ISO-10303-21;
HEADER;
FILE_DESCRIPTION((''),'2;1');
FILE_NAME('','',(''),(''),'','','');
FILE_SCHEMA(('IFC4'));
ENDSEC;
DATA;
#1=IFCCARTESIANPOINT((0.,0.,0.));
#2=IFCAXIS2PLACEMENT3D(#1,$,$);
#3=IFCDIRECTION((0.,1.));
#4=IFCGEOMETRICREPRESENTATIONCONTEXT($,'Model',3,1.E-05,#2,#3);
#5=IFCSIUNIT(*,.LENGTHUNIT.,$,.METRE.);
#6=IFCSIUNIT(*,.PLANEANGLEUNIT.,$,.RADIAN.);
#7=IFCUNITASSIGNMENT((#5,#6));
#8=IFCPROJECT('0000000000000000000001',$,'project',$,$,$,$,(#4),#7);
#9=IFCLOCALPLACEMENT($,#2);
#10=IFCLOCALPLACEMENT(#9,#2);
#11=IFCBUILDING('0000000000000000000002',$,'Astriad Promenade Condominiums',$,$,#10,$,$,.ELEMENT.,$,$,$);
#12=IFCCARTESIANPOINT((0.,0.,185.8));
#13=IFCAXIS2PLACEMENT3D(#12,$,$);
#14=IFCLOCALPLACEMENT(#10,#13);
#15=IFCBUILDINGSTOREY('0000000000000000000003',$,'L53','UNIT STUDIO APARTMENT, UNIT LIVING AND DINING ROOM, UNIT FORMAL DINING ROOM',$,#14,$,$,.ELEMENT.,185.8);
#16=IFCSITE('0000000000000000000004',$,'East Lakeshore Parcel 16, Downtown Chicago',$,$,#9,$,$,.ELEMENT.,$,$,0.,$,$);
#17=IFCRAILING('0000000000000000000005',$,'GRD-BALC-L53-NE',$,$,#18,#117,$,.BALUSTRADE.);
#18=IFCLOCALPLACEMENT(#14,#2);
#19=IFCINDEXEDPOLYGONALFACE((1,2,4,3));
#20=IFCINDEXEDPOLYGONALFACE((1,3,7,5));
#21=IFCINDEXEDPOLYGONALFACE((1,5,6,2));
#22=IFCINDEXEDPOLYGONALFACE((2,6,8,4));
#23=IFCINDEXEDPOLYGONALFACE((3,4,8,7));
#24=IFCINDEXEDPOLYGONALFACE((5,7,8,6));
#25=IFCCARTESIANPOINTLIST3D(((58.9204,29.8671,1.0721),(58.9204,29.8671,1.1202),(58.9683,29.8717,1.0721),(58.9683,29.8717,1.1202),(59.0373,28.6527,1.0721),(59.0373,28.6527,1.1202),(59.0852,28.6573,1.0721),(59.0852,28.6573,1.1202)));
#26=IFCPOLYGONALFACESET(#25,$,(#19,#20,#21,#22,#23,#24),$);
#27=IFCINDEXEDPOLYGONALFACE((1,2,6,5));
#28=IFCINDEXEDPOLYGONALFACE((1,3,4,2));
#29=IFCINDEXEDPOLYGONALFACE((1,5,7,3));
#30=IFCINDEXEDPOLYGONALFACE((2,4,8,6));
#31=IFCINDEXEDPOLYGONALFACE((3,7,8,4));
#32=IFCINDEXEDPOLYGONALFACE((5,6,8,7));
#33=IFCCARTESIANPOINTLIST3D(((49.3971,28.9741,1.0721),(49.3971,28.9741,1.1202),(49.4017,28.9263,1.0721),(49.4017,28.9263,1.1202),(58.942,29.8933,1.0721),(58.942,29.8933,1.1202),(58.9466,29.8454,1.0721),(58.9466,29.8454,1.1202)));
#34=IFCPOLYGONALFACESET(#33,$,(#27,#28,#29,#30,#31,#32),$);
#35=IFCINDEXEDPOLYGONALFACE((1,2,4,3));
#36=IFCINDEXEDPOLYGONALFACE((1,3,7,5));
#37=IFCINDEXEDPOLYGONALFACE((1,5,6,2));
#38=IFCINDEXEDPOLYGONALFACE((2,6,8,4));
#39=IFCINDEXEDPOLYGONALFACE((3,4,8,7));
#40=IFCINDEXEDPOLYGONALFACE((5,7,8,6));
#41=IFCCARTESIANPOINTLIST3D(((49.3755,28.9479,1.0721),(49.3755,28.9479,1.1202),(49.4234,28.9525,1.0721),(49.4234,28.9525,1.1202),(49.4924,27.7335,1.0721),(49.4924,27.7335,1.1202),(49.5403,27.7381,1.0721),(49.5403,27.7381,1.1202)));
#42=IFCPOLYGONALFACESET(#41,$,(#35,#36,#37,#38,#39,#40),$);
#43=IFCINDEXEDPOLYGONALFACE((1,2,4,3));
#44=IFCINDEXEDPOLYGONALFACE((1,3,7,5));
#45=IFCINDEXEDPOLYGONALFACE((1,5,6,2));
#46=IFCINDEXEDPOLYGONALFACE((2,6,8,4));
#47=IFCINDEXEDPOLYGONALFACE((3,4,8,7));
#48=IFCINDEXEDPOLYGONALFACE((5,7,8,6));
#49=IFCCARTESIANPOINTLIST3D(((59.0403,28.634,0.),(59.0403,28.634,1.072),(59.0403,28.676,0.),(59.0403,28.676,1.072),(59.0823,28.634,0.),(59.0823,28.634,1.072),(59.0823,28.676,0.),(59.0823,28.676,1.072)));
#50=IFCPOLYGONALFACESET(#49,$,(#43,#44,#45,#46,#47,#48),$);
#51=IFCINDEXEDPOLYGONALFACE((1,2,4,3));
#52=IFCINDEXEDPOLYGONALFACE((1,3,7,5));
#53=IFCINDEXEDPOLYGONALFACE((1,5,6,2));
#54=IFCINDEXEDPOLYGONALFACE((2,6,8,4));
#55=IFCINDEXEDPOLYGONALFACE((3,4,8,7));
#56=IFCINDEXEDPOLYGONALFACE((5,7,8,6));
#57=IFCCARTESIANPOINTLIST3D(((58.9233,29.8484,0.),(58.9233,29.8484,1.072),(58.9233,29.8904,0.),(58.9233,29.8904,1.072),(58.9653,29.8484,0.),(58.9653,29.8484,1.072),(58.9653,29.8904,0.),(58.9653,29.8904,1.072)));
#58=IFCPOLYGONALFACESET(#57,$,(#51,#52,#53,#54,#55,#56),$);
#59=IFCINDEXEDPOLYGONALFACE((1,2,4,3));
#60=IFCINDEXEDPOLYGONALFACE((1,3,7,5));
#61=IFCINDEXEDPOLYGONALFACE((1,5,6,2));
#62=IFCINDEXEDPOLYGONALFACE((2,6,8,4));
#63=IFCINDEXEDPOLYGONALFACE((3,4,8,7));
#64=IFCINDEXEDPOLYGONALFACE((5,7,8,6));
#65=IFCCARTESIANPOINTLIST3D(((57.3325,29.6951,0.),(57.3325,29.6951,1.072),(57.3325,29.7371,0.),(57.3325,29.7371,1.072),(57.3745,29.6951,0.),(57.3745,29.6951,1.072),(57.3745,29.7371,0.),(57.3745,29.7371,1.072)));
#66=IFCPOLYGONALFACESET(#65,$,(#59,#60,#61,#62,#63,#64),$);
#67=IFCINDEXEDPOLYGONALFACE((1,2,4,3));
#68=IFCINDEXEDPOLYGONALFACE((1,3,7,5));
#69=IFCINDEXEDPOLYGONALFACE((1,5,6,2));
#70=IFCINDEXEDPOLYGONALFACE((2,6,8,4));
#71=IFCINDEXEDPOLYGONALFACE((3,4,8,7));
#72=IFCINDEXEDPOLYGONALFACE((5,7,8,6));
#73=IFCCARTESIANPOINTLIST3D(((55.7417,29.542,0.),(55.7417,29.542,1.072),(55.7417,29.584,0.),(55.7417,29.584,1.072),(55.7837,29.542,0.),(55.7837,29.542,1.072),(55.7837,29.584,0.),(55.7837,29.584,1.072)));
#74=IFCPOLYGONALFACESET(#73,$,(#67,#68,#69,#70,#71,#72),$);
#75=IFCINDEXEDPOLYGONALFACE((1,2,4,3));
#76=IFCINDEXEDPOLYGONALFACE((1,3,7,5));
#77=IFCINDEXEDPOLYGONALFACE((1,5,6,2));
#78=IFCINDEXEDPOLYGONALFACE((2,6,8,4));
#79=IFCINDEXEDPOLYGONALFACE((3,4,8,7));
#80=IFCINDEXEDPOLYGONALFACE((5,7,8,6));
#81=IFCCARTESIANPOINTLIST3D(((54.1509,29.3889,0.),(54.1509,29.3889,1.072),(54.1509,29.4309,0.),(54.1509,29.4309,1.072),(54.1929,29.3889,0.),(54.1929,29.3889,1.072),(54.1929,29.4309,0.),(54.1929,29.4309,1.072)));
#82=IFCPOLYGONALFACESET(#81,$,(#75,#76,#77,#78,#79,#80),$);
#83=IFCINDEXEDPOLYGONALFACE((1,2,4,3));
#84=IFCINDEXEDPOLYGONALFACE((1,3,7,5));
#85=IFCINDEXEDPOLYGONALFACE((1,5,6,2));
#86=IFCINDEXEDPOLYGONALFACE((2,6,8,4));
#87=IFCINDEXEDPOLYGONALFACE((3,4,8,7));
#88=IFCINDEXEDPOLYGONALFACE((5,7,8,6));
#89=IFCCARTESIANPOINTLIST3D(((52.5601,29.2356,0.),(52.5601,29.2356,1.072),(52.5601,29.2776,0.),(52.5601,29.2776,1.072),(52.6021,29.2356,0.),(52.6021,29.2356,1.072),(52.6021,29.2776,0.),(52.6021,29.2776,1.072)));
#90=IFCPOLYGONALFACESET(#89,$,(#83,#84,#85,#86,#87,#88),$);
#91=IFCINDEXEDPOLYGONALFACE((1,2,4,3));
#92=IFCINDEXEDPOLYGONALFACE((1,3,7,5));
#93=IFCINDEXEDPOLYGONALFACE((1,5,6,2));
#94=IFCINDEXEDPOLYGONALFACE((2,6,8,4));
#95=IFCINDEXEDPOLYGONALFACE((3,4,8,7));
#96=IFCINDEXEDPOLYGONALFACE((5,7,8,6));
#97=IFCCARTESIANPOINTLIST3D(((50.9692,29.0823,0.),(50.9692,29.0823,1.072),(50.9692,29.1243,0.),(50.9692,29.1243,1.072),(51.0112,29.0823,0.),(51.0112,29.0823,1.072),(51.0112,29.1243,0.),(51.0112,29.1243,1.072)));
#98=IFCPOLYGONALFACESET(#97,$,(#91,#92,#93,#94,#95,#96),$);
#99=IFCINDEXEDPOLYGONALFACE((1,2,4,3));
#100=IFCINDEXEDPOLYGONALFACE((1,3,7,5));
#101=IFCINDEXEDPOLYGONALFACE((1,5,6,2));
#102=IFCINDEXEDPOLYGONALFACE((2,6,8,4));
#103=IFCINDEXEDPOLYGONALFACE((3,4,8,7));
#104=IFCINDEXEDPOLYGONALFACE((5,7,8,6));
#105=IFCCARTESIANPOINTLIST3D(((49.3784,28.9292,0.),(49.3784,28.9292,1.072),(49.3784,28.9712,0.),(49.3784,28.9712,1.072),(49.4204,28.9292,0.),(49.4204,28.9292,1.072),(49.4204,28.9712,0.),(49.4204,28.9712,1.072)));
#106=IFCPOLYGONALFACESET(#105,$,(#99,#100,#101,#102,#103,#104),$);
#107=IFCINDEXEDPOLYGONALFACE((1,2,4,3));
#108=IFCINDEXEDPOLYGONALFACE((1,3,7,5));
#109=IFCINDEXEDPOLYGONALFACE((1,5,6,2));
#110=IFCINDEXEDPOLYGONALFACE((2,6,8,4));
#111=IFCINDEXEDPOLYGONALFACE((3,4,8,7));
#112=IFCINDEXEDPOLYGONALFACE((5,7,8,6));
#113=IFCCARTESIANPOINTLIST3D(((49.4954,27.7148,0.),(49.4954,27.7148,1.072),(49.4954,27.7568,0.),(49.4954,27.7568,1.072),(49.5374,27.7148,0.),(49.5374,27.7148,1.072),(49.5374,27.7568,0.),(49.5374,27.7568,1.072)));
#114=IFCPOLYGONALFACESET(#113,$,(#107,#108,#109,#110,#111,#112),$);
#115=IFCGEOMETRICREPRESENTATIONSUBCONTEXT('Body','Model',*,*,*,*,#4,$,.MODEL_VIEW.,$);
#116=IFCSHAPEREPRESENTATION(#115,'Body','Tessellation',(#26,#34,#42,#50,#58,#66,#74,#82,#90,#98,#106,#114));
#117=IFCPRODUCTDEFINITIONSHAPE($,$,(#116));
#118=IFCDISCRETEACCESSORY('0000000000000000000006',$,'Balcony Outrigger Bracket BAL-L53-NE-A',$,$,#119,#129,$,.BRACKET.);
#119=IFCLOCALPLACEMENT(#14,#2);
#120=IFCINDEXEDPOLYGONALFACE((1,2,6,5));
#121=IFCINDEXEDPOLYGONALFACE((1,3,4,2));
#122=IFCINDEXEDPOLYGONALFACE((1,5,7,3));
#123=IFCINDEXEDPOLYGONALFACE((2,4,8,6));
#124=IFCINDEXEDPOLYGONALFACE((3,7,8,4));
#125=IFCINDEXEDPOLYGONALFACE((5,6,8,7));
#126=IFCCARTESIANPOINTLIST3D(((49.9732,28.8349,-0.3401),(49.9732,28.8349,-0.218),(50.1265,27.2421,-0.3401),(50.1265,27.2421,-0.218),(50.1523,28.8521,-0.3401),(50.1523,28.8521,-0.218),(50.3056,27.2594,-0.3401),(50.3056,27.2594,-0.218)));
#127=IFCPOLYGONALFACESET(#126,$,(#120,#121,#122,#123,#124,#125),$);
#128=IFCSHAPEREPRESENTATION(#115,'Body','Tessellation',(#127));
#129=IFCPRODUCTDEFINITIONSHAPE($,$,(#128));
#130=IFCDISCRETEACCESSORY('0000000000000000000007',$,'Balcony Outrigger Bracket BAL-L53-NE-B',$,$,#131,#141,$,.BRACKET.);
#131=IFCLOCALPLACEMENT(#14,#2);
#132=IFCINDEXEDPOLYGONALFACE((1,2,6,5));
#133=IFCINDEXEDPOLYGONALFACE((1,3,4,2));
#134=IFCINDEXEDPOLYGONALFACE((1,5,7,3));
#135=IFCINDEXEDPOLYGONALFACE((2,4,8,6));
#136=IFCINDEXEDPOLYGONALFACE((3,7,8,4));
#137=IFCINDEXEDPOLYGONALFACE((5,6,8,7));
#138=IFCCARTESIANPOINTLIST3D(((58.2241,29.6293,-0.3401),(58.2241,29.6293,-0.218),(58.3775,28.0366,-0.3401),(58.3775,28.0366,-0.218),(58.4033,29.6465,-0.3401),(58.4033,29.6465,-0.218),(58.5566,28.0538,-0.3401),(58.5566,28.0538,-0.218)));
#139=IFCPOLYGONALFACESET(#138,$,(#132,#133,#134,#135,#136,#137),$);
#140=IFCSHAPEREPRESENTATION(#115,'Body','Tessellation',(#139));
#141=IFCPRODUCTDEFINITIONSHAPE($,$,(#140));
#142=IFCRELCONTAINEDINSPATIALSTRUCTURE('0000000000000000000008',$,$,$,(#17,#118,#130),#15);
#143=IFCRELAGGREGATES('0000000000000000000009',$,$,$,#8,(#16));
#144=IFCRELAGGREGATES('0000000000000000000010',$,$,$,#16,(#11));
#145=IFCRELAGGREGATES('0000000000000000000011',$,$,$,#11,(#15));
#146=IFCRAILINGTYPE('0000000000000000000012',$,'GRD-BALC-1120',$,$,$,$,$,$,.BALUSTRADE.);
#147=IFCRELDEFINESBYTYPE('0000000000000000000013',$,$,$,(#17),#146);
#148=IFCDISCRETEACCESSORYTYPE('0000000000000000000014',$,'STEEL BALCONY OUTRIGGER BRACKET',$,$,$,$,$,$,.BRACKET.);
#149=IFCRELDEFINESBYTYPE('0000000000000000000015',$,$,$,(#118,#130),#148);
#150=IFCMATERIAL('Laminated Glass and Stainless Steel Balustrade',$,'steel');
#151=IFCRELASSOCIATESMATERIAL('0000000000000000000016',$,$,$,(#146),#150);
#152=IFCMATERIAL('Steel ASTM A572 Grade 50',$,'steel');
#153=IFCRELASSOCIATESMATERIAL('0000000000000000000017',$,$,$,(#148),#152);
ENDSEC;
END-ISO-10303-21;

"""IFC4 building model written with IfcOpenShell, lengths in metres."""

from ifc_helpers import new_model, si_unit, direction, frame, origin, origin_2d, place, context, subcontext, project, spatial, rectangle, extrude, source, transform, mapped, material, type_object, type_shapes, element, save


model = new_model("IFC4")

# Units and contexts
model_context = context("Model", 3, precision=1e-05, world=origin(), true_north=direction((0.0, 1.0)))
body_context = subcontext(model_context, "Body", "Model", "MODEL_VIEW")
ifc_project = project(units=[si_unit("LENGTHUNIT", "METRE"), si_unit("PLANEANGLEUNIT", "RADIAN")], contexts=[model_context])

# Site, building, storey
site_placement = place(None, origin())
site = spatial("IfcSite", under=ifc_project, at=site_placement, Name="East Lakeshore Parcel 16, Downtown Chicago", CompositionType="ELEMENT", RefElevation=0.0)
building_placement = place(site_placement, origin())
building = spatial("IfcBuilding", under=site, at=building_placement, Name="Astriad Promenade Condominiums", CompositionType="ELEMENT")
storey_placement = place(building_placement, frame((0.0, 0.0, 185.8)))
storey = spatial("IfcBuildingStorey", under=building, at=storey_placement, Name="L53", Description="UNIT STUDIO APARTMENT, UNIT LIVING AND DINING ROOM, UNIT FORMAL DINING ROOM", CompositionType="ELEMENT", Elevation=185.8)

# Railing
ifc_material_1 = material(Name="Laminated Glass and Stainless Steel Balustrade", Category="steel")
railing_type = type_object("IfcRailingType", Name="GRD-BALC-1120", PredefinedType="BALUSTRADE", material=ifc_material_1)
shared_shape_1 = source(origin(), body_context, "Body", "SweptSolid", [
    extrude(rectangle(XDim=0.0481, YDim=0.0481, at=origin_2d()), frame((0.0, 0.0, 1.0962), z_axis=(-0.095857, 0.995395, 0.0), x_axis=(-0.995395, -0.095857, 0.0)), (0.0, 0.0, 1.0), 1.22),
    extrude(rectangle(XDim=0.0481, YDim=0.0481, at=origin_2d()), frame((-0.1169, 1.2144, 1.0962), z_axis=(-0.995395, -0.095858, 0.0), x_axis=(0.095858, -0.995395, 0.0)), (0.0, 0.0, 1.0), 9.5891),
    extrude(rectangle(XDim=0.0481, YDim=0.0481, at=origin_2d()), frame((-9.6619, 0.2952, 1.0962), z_axis=(0.095857, -0.995395, 0.0), x_axis=(0.995395, 0.095857, 0.0)), (0.0, 0.0, 1.0), 1.22),
    extrude(rectangle(XDim=0.042, YDim=0.042, at=origin_2d()), origin(), (0.0, 0.0, 1.0), 1.072),
    extrude(rectangle(XDim=0.042, YDim=0.042, at=origin_2d()), frame((-0.1169, 1.2144, 0.0)), (0.0, 0.0, 1.0), 1.072),
    extrude(rectangle(XDim=0.042, YDim=0.042, at=origin_2d()), frame((-1.7078, 1.061, 0.0)), (0.0, 0.0, 1.0), 1.072),
    extrude(rectangle(XDim=0.042, YDim=0.042, at=origin_2d()), frame((-3.2986, 0.908, 0.0)), (0.0, 0.0, 1.0), 1.072),
    extrude(rectangle(XDim=0.042, YDim=0.042, at=origin_2d()), frame((-4.8894, 0.7549, 0.0)), (0.0, 0.0, 1.0), 1.072),
    extrude(rectangle(XDim=0.042, YDim=0.042, at=origin_2d()), frame((-6.4802, 0.6016, 0.0)), (0.0, 0.0, 1.0), 1.072),
    extrude(rectangle(XDim=0.042, YDim=0.042, at=origin_2d()), frame((-8.071, 0.4482, 0.0)), (0.0, 0.0, 1.0), 1.072),
    extrude(rectangle(XDim=0.042, YDim=0.042, at=origin_2d()), frame((-9.6619, 0.2952, 0.0)), (0.0, 0.0, 1.0), 1.072),
    extrude(rectangle(XDim=0.042, YDim=0.042, at=origin_2d()), frame((-9.5449, -0.9192, 0.0)), (0.0, 0.0, 1.0), 1.072),
])
type_shapes(railing_type, [shared_shape_1])
railing_placement = place(storey_placement, frame((59.0613, 28.655, 0.0)))
element("IfcRailing", 1, at=railing_placement, inside=storey, type_object=railing_type, Name="GRD-BALC-L53-NE", PredefinedType="BALUSTRADE", context=body_context, shape_type="MappedRepresentation", body=[
    mapped(shared_shape_1, transform((0.0, 0.0, 0.0), scale=1.0)),
])

# Discrete accessories
ifc_material_2 = material(Name="Steel ASTM A572 Grade 50", Category="steel")
discrete_accessory_type = type_object("IfcDiscreteAccessoryType", Name="STEEL BALCONY OUTRIGGER BRACKET", PredefinedType="BRACKET", material=ifc_material_2)
shared_shape_2 = source(origin(), body_context, "Body", "SweptSolid", [
    extrude(rectangle(XDim=1.6001, YDim=0.1799, at=origin_2d()), origin(), (0.0, 0.0, 1.0), 0.1221),
])
type_shapes(discrete_accessory_type, [shared_shape_2])
for number, where, z_axis, x_axis, name in (
    (2, (50.1394, 28.0471, -0.3401), (0.0, 0.0, 1.0), (-0.095846, 0.995396, 0.0), "Balcony Outrigger Bracket BAL-L53-NE-A"),
    (3, (58.3904, 28.8416, -0.3401), (0.0, 0.0, 1.0), (-0.095846, 0.995396, 0.0), "Balcony Outrigger Bracket BAL-L53-NE-B"),
):
    element("IfcDiscreteAccessory", number, at=place(storey_placement, frame(where, z_axis=z_axis, x_axis=x_axis)), inside=storey, type_object=discrete_accessory_type, Name=name, PredefinedType="BRACKET", context=body_context, shape_type="MappedRepresentation", body=[
        mapped(shared_shape_2, transform((0.0, 0.0, 0.0), scale=1.0)),
    ])

save(model, "model.ifc")
